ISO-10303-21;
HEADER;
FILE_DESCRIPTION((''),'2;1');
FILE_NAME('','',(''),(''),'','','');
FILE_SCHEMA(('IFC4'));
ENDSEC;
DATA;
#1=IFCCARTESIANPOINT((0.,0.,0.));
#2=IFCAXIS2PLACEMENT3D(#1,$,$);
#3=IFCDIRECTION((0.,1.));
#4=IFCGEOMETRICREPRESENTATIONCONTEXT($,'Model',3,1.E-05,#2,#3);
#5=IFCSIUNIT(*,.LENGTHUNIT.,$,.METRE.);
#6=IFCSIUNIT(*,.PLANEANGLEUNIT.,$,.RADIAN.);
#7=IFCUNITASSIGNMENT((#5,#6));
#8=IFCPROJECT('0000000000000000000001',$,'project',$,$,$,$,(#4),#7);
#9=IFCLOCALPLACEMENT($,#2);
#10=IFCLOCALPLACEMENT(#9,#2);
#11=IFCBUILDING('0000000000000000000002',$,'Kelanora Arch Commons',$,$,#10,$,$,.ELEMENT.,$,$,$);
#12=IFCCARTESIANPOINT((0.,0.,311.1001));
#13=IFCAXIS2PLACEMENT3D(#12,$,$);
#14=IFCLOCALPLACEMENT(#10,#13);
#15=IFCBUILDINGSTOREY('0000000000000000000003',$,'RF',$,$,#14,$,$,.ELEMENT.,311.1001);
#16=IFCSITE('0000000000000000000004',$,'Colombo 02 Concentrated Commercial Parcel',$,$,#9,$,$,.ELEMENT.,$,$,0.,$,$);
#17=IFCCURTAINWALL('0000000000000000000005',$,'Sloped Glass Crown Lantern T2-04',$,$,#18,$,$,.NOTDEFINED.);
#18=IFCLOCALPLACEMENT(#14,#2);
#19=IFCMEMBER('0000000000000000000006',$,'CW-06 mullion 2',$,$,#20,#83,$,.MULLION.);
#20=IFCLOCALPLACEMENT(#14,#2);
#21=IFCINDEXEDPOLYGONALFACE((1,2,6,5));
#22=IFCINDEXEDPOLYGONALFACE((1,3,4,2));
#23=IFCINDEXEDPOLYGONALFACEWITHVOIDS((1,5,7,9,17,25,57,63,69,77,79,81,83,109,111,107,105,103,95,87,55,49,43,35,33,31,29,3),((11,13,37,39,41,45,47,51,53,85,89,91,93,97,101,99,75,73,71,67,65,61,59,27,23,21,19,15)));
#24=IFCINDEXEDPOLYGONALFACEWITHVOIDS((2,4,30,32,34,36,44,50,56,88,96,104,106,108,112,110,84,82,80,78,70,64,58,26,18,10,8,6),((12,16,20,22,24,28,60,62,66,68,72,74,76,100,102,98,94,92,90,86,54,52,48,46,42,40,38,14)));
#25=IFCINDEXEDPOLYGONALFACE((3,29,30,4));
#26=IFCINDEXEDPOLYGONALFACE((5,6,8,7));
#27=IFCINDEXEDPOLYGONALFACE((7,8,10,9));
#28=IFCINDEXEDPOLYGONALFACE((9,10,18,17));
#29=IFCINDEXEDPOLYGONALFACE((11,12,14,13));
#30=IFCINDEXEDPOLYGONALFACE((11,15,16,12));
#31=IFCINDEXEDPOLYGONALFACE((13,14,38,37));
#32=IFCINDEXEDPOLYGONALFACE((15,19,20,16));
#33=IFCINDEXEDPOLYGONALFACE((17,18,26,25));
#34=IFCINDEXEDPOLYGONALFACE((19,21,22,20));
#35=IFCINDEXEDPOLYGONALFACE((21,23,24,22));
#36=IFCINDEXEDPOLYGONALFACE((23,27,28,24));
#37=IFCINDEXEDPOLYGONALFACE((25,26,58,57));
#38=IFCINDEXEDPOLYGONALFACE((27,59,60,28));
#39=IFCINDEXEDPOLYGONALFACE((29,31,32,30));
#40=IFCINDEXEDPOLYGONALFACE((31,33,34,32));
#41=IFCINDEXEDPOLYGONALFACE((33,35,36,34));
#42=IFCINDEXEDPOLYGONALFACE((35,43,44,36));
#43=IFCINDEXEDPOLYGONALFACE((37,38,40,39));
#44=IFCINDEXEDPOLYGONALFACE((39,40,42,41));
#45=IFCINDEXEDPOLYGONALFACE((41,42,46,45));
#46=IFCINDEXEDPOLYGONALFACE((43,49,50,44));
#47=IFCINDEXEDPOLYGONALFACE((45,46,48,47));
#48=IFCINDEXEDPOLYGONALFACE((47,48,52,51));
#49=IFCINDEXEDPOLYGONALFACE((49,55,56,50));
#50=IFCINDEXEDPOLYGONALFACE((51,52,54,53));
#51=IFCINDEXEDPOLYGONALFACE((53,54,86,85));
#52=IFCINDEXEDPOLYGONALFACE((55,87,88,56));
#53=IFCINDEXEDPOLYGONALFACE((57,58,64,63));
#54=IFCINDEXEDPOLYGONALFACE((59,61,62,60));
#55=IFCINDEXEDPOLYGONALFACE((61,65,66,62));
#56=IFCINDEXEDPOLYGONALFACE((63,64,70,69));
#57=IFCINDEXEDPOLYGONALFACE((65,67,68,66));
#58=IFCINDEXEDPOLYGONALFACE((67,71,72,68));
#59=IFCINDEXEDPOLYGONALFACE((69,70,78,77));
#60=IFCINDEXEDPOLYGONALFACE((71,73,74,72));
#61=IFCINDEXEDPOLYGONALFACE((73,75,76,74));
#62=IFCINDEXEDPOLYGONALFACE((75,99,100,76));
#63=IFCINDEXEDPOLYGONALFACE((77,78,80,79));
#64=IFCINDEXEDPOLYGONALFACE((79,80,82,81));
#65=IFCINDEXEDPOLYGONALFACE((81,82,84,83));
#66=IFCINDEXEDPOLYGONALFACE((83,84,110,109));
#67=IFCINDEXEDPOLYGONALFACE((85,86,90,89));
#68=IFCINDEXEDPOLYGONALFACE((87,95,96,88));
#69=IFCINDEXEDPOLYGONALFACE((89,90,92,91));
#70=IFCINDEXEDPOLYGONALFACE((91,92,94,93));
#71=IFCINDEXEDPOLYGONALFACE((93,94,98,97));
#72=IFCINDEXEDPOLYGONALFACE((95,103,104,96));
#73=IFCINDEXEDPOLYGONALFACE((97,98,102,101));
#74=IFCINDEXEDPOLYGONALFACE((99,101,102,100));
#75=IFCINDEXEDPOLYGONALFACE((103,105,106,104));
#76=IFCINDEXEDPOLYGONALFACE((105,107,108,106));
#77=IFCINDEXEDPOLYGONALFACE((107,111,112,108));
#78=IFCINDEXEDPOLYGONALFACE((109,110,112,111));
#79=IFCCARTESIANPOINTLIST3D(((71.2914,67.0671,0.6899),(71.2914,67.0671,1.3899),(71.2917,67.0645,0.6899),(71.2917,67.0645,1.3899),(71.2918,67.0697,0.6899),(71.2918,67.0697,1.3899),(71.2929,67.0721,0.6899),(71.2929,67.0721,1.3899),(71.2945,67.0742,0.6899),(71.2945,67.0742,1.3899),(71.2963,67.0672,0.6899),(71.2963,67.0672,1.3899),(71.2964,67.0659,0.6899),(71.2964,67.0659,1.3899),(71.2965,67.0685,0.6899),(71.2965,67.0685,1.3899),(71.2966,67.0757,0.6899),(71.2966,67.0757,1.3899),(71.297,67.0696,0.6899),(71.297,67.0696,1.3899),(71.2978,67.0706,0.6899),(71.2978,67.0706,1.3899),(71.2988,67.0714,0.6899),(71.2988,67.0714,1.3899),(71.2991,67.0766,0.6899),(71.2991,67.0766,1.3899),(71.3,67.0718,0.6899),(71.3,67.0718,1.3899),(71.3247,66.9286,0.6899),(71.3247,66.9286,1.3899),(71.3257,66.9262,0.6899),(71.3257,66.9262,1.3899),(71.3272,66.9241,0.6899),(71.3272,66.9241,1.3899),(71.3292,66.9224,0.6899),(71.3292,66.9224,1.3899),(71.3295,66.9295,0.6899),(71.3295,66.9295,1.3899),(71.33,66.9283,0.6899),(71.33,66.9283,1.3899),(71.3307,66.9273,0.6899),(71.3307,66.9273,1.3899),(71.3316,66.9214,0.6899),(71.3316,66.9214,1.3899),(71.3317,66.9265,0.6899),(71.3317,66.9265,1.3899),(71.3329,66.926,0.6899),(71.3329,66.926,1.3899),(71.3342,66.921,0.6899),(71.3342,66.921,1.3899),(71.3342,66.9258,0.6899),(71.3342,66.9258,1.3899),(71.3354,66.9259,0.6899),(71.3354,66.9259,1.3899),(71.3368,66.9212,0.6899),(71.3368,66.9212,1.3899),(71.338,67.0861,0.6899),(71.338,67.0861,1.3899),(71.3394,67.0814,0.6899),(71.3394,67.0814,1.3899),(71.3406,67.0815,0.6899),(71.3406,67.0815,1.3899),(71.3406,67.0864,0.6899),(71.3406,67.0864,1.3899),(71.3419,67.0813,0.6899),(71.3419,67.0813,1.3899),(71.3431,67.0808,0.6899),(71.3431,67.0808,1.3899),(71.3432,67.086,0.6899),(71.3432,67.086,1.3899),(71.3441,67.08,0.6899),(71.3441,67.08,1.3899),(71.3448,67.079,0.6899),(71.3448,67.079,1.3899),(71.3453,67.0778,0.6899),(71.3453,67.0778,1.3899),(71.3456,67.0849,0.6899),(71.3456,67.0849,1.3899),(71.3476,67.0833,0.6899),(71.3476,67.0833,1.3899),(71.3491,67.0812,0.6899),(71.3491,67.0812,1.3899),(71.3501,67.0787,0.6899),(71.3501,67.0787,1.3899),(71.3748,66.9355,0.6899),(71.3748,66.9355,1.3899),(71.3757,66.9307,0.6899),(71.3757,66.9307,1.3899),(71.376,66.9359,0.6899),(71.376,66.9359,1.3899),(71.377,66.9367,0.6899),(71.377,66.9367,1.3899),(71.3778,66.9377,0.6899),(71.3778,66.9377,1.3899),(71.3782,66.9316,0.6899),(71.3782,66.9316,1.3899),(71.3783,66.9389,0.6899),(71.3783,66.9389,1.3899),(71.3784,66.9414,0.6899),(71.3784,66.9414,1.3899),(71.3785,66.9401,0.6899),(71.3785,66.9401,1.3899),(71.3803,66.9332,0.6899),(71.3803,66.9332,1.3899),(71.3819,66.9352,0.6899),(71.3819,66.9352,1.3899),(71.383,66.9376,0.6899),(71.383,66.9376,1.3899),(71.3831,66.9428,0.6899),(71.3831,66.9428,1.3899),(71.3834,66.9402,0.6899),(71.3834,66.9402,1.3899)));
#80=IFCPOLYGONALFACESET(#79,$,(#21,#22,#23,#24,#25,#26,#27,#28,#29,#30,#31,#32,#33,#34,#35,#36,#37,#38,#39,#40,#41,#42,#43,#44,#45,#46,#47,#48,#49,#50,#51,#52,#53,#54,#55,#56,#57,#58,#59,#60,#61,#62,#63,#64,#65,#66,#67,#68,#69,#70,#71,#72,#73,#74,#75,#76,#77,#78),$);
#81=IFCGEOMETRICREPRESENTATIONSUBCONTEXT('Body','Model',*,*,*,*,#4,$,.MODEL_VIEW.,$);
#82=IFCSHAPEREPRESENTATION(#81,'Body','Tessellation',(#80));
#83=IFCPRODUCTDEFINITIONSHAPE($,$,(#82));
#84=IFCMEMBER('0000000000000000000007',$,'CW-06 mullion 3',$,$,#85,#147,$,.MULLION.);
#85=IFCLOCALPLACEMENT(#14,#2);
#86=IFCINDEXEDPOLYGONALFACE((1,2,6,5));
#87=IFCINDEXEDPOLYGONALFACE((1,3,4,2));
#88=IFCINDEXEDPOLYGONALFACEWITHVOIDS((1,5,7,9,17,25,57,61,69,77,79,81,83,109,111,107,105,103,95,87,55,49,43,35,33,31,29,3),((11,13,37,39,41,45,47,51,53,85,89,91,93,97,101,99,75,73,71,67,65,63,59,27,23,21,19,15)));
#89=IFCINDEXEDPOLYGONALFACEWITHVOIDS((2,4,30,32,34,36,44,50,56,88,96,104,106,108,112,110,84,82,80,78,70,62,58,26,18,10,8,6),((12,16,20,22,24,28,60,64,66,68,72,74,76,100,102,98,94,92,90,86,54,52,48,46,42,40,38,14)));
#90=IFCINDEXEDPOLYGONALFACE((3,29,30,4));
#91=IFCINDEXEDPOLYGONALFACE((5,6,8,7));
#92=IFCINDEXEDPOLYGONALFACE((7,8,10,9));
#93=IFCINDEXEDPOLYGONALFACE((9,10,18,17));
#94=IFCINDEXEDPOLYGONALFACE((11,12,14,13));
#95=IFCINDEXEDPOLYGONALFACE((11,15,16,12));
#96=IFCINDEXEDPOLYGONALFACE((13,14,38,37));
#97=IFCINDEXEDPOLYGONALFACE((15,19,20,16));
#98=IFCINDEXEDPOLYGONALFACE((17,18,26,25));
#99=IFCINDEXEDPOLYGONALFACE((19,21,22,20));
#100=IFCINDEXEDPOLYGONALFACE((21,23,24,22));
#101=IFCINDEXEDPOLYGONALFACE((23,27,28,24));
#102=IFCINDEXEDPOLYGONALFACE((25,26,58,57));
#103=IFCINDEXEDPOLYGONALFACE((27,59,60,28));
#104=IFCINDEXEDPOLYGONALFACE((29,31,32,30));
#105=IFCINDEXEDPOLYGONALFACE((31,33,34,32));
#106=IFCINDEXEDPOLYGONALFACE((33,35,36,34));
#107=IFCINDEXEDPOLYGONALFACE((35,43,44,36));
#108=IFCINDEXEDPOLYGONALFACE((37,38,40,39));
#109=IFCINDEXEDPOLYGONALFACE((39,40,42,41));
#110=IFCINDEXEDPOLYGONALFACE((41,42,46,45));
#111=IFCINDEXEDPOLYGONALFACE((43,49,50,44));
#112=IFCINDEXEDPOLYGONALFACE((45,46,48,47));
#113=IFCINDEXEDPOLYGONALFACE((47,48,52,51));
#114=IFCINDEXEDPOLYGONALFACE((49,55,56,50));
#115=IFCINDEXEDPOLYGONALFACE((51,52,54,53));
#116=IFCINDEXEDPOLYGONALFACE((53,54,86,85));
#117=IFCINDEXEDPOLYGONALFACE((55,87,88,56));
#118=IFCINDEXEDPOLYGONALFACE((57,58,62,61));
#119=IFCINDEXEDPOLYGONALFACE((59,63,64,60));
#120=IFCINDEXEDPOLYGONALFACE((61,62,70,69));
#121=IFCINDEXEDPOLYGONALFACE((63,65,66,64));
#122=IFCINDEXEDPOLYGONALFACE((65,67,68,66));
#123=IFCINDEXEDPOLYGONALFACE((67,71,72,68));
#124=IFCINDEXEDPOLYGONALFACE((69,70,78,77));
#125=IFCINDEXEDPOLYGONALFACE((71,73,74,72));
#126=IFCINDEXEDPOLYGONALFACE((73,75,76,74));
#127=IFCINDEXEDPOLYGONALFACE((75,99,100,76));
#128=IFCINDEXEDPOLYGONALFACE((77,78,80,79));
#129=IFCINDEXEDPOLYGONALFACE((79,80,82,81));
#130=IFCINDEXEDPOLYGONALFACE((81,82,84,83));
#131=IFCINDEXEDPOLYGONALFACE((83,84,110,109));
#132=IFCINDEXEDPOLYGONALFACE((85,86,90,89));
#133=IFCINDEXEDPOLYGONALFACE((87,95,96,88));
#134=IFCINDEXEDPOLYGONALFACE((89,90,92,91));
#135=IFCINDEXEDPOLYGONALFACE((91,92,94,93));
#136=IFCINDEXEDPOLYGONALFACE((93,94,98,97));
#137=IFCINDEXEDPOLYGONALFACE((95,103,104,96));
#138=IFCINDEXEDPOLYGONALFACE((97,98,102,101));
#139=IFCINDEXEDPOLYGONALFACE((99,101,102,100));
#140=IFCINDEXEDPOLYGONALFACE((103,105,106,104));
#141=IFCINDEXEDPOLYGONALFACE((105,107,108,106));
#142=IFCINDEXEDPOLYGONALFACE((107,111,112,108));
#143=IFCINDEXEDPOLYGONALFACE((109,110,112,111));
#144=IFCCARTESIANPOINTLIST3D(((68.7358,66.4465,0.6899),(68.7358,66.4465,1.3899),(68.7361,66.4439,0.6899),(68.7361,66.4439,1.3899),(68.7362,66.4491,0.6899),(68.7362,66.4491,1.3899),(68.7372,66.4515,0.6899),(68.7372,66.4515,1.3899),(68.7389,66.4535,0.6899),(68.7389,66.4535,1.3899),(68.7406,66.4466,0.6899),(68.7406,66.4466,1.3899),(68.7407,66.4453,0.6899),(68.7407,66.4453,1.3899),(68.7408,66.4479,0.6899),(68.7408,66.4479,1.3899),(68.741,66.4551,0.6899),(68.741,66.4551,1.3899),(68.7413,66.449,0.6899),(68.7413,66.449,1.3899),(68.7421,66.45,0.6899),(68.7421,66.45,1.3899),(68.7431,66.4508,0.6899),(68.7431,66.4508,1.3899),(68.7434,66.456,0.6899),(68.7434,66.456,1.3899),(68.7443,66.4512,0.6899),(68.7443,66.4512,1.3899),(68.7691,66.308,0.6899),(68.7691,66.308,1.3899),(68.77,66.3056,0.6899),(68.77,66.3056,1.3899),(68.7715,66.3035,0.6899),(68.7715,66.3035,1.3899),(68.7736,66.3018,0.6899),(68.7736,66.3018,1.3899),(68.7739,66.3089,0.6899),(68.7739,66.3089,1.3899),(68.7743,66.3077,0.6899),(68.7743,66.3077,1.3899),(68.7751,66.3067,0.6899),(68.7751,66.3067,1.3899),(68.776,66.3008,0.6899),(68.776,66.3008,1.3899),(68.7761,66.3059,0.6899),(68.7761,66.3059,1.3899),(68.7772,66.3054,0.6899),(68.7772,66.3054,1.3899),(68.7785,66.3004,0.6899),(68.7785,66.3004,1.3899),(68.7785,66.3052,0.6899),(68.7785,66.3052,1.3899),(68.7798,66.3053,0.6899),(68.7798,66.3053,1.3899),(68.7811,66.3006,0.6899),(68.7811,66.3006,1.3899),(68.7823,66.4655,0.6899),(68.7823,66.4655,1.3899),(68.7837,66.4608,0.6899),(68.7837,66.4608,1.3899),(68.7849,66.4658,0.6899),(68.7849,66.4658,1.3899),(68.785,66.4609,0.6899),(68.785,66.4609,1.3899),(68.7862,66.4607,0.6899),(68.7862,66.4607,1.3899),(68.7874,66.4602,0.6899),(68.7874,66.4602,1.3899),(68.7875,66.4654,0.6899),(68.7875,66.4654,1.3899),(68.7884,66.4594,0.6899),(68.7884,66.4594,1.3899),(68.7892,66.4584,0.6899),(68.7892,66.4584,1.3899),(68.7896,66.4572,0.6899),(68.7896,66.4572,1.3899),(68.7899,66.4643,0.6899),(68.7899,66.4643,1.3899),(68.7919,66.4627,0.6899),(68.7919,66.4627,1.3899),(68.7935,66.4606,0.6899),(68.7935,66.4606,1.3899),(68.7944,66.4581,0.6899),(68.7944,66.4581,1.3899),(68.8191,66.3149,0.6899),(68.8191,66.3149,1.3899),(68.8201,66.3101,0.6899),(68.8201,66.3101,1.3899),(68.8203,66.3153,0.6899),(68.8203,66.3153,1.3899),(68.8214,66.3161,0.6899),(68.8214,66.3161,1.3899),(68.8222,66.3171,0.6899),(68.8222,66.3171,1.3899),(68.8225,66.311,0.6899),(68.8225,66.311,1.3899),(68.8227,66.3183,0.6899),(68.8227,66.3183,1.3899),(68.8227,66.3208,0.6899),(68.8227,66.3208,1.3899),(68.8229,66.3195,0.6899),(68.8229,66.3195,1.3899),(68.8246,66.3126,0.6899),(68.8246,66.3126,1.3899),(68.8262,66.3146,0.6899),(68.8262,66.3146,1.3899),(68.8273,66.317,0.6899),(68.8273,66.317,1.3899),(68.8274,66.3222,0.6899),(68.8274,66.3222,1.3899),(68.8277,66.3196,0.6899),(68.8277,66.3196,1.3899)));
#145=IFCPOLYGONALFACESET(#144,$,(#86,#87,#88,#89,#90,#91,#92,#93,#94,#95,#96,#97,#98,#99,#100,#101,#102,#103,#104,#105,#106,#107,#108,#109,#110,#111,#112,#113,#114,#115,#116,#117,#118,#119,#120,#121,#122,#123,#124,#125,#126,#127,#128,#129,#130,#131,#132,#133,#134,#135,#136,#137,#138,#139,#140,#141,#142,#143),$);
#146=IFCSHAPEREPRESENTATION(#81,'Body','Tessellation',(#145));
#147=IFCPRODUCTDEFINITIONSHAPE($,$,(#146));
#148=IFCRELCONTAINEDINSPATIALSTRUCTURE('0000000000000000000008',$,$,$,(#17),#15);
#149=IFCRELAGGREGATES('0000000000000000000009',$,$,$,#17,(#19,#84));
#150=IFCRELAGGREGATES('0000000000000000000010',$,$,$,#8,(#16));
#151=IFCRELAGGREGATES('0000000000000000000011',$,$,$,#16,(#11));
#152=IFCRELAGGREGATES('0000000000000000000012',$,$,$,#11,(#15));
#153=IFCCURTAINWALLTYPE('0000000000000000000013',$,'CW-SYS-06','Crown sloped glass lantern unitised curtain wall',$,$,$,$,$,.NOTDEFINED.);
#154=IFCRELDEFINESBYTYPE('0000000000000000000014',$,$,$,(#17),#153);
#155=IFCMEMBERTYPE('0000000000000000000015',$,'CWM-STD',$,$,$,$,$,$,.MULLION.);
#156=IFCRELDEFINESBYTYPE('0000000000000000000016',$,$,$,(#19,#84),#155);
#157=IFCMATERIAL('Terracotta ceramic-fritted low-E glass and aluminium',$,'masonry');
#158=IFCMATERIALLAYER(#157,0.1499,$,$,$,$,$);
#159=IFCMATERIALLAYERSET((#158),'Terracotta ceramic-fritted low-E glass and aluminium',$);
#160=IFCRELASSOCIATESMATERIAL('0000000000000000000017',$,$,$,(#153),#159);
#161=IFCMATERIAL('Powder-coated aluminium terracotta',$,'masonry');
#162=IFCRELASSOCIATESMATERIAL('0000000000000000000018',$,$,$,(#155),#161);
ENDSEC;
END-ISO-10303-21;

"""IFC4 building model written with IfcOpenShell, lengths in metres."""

from ifc_helpers import new_model, si_unit, direction, frame, origin, origin_2d, place, context, subcontext, project, spatial, hollow_rectangle, extrude, material, layer, layer_set, material_profile, profile_set, type_object, element, aggregate, save


model = new_model("IFC4")

# Units and contexts
model_context = context("Model", 3, precision=1e-05, world=origin(), true_north=direction((0.0, 1.0)))
body_context = subcontext(model_context, "Body", "Model", "MODEL_VIEW")
ifc_project = project(units=[si_unit("LENGTHUNIT", "METRE"), si_unit("PLANEANGLEUNIT", "RADIAN")], contexts=[model_context])

# Site, building, storey
site_placement = place(None, origin())
site = spatial("IfcSite", under=ifc_project, at=site_placement, Name="Colombo 02 Concentrated Commercial Parcel", CompositionType="ELEMENT", RefElevation=0.0)
building_placement = place(site_placement, origin())
building = spatial("IfcBuilding", under=site, at=building_placement, Name="Kelanora Arch Commons", CompositionType="ELEMENT")
storey_placement = place(building_placement, frame((0.0, 0.0, 311.1001)))
storey = spatial("IfcBuildingStorey", under=building, at=storey_placement, Name="RF", CompositionType="ELEMENT", Elevation=311.1001)

# Shared definitions
ifc_material_1 = material(Name="Terracotta ceramic-fritted low-E glass and aluminium", Category="masonry")
ifc_layer_1 = layer(ifc_material_1, 0.1499)
ifc_layer_set_1 = layer_set([ifc_layer_1], Name="Terracotta ceramic-fritted low-E glass and aluminium")
curtain_wall_type = type_object("IfcCurtainWallType", Name="CW-SYS-06", Description="Crown sloped glass lantern unitised curtain wall", PredefinedType="NOTDEFINED", material=ifc_layer_set_1)
ifc_material_2 = material(Name="Powder-coated aluminium terracotta", Category="masonry")
ifc_material_profile_1 = material_profile(ifc_material_2, hollow_rectangle(XDim=0.1599, YDim=0.0601, WallThickness=0.0049, InnerFilletRadius=0.0049, OuterFilletRadius=0.01, at=origin_2d()), Name="CWM160x60")
ifc_profile_set_1 = profile_set([ifc_material_profile_1], Name="Powder-coated aluminium terracotta")
member_type_1 = type_object("IfcMemberType", Name="CWM-STD", PredefinedType="MULLION", material=ifc_profile_set_1)

# Curtain wall, members
curtain_wall_1_placement = place(storey_placement, origin())
curtain_wall_1 = element("IfcCurtainWall", 1, at=curtain_wall_1_placement, inside=storey, type_object=curtain_wall_type, Name="Sloped Glass Crown Lantern T2-04", PredefinedType="NOTDEFINED")
member_1_placement = place(storey_placement, frame((71.3374, 67.0037, 0.6899), z_axis=(0.0, 0.0, 1.0), x_axis=(0.235931, -0.97177, 0.0)))
member_1 = element("IfcMember", 2, at=member_1_placement, type_object=member_type_1, Name="CW-06 mullion 2", PredefinedType="MULLION", context=body_context, shape_type="SweptSolid", body=[
    extrude(hollow_rectangle(XDim=0.1599, YDim=0.0601, WallThickness=0.0049, InnerFilletRadius=0.0049, OuterFilletRadius=0.01, at=origin_2d()), origin(), (0.0, 0.0, 1.0), 0.7),
])
member_2_placement = place(storey_placement, frame((68.7817, 66.3831, 0.6899), z_axis=(0.0, 0.0, 1.0), x_axis=(0.235931, -0.97177, 0.0)))
member_2 = element("IfcMember", 3, at=member_2_placement, type_object=member_type_1, Name="CW-06 mullion 3", PredefinedType="MULLION", context=body_context, shape_type="SweptSolid", body=[
    extrude(hollow_rectangle(XDim=0.1599, YDim=0.0601, WallThickness=0.0049, InnerFilletRadius=0.0049, OuterFilletRadius=0.01, at=origin_2d()), origin(), (0.0, 0.0, 1.0), 0.7),
])

aggregate(curtain_wall_1, [member_1, member_2])

save(model, "model.ifc")
